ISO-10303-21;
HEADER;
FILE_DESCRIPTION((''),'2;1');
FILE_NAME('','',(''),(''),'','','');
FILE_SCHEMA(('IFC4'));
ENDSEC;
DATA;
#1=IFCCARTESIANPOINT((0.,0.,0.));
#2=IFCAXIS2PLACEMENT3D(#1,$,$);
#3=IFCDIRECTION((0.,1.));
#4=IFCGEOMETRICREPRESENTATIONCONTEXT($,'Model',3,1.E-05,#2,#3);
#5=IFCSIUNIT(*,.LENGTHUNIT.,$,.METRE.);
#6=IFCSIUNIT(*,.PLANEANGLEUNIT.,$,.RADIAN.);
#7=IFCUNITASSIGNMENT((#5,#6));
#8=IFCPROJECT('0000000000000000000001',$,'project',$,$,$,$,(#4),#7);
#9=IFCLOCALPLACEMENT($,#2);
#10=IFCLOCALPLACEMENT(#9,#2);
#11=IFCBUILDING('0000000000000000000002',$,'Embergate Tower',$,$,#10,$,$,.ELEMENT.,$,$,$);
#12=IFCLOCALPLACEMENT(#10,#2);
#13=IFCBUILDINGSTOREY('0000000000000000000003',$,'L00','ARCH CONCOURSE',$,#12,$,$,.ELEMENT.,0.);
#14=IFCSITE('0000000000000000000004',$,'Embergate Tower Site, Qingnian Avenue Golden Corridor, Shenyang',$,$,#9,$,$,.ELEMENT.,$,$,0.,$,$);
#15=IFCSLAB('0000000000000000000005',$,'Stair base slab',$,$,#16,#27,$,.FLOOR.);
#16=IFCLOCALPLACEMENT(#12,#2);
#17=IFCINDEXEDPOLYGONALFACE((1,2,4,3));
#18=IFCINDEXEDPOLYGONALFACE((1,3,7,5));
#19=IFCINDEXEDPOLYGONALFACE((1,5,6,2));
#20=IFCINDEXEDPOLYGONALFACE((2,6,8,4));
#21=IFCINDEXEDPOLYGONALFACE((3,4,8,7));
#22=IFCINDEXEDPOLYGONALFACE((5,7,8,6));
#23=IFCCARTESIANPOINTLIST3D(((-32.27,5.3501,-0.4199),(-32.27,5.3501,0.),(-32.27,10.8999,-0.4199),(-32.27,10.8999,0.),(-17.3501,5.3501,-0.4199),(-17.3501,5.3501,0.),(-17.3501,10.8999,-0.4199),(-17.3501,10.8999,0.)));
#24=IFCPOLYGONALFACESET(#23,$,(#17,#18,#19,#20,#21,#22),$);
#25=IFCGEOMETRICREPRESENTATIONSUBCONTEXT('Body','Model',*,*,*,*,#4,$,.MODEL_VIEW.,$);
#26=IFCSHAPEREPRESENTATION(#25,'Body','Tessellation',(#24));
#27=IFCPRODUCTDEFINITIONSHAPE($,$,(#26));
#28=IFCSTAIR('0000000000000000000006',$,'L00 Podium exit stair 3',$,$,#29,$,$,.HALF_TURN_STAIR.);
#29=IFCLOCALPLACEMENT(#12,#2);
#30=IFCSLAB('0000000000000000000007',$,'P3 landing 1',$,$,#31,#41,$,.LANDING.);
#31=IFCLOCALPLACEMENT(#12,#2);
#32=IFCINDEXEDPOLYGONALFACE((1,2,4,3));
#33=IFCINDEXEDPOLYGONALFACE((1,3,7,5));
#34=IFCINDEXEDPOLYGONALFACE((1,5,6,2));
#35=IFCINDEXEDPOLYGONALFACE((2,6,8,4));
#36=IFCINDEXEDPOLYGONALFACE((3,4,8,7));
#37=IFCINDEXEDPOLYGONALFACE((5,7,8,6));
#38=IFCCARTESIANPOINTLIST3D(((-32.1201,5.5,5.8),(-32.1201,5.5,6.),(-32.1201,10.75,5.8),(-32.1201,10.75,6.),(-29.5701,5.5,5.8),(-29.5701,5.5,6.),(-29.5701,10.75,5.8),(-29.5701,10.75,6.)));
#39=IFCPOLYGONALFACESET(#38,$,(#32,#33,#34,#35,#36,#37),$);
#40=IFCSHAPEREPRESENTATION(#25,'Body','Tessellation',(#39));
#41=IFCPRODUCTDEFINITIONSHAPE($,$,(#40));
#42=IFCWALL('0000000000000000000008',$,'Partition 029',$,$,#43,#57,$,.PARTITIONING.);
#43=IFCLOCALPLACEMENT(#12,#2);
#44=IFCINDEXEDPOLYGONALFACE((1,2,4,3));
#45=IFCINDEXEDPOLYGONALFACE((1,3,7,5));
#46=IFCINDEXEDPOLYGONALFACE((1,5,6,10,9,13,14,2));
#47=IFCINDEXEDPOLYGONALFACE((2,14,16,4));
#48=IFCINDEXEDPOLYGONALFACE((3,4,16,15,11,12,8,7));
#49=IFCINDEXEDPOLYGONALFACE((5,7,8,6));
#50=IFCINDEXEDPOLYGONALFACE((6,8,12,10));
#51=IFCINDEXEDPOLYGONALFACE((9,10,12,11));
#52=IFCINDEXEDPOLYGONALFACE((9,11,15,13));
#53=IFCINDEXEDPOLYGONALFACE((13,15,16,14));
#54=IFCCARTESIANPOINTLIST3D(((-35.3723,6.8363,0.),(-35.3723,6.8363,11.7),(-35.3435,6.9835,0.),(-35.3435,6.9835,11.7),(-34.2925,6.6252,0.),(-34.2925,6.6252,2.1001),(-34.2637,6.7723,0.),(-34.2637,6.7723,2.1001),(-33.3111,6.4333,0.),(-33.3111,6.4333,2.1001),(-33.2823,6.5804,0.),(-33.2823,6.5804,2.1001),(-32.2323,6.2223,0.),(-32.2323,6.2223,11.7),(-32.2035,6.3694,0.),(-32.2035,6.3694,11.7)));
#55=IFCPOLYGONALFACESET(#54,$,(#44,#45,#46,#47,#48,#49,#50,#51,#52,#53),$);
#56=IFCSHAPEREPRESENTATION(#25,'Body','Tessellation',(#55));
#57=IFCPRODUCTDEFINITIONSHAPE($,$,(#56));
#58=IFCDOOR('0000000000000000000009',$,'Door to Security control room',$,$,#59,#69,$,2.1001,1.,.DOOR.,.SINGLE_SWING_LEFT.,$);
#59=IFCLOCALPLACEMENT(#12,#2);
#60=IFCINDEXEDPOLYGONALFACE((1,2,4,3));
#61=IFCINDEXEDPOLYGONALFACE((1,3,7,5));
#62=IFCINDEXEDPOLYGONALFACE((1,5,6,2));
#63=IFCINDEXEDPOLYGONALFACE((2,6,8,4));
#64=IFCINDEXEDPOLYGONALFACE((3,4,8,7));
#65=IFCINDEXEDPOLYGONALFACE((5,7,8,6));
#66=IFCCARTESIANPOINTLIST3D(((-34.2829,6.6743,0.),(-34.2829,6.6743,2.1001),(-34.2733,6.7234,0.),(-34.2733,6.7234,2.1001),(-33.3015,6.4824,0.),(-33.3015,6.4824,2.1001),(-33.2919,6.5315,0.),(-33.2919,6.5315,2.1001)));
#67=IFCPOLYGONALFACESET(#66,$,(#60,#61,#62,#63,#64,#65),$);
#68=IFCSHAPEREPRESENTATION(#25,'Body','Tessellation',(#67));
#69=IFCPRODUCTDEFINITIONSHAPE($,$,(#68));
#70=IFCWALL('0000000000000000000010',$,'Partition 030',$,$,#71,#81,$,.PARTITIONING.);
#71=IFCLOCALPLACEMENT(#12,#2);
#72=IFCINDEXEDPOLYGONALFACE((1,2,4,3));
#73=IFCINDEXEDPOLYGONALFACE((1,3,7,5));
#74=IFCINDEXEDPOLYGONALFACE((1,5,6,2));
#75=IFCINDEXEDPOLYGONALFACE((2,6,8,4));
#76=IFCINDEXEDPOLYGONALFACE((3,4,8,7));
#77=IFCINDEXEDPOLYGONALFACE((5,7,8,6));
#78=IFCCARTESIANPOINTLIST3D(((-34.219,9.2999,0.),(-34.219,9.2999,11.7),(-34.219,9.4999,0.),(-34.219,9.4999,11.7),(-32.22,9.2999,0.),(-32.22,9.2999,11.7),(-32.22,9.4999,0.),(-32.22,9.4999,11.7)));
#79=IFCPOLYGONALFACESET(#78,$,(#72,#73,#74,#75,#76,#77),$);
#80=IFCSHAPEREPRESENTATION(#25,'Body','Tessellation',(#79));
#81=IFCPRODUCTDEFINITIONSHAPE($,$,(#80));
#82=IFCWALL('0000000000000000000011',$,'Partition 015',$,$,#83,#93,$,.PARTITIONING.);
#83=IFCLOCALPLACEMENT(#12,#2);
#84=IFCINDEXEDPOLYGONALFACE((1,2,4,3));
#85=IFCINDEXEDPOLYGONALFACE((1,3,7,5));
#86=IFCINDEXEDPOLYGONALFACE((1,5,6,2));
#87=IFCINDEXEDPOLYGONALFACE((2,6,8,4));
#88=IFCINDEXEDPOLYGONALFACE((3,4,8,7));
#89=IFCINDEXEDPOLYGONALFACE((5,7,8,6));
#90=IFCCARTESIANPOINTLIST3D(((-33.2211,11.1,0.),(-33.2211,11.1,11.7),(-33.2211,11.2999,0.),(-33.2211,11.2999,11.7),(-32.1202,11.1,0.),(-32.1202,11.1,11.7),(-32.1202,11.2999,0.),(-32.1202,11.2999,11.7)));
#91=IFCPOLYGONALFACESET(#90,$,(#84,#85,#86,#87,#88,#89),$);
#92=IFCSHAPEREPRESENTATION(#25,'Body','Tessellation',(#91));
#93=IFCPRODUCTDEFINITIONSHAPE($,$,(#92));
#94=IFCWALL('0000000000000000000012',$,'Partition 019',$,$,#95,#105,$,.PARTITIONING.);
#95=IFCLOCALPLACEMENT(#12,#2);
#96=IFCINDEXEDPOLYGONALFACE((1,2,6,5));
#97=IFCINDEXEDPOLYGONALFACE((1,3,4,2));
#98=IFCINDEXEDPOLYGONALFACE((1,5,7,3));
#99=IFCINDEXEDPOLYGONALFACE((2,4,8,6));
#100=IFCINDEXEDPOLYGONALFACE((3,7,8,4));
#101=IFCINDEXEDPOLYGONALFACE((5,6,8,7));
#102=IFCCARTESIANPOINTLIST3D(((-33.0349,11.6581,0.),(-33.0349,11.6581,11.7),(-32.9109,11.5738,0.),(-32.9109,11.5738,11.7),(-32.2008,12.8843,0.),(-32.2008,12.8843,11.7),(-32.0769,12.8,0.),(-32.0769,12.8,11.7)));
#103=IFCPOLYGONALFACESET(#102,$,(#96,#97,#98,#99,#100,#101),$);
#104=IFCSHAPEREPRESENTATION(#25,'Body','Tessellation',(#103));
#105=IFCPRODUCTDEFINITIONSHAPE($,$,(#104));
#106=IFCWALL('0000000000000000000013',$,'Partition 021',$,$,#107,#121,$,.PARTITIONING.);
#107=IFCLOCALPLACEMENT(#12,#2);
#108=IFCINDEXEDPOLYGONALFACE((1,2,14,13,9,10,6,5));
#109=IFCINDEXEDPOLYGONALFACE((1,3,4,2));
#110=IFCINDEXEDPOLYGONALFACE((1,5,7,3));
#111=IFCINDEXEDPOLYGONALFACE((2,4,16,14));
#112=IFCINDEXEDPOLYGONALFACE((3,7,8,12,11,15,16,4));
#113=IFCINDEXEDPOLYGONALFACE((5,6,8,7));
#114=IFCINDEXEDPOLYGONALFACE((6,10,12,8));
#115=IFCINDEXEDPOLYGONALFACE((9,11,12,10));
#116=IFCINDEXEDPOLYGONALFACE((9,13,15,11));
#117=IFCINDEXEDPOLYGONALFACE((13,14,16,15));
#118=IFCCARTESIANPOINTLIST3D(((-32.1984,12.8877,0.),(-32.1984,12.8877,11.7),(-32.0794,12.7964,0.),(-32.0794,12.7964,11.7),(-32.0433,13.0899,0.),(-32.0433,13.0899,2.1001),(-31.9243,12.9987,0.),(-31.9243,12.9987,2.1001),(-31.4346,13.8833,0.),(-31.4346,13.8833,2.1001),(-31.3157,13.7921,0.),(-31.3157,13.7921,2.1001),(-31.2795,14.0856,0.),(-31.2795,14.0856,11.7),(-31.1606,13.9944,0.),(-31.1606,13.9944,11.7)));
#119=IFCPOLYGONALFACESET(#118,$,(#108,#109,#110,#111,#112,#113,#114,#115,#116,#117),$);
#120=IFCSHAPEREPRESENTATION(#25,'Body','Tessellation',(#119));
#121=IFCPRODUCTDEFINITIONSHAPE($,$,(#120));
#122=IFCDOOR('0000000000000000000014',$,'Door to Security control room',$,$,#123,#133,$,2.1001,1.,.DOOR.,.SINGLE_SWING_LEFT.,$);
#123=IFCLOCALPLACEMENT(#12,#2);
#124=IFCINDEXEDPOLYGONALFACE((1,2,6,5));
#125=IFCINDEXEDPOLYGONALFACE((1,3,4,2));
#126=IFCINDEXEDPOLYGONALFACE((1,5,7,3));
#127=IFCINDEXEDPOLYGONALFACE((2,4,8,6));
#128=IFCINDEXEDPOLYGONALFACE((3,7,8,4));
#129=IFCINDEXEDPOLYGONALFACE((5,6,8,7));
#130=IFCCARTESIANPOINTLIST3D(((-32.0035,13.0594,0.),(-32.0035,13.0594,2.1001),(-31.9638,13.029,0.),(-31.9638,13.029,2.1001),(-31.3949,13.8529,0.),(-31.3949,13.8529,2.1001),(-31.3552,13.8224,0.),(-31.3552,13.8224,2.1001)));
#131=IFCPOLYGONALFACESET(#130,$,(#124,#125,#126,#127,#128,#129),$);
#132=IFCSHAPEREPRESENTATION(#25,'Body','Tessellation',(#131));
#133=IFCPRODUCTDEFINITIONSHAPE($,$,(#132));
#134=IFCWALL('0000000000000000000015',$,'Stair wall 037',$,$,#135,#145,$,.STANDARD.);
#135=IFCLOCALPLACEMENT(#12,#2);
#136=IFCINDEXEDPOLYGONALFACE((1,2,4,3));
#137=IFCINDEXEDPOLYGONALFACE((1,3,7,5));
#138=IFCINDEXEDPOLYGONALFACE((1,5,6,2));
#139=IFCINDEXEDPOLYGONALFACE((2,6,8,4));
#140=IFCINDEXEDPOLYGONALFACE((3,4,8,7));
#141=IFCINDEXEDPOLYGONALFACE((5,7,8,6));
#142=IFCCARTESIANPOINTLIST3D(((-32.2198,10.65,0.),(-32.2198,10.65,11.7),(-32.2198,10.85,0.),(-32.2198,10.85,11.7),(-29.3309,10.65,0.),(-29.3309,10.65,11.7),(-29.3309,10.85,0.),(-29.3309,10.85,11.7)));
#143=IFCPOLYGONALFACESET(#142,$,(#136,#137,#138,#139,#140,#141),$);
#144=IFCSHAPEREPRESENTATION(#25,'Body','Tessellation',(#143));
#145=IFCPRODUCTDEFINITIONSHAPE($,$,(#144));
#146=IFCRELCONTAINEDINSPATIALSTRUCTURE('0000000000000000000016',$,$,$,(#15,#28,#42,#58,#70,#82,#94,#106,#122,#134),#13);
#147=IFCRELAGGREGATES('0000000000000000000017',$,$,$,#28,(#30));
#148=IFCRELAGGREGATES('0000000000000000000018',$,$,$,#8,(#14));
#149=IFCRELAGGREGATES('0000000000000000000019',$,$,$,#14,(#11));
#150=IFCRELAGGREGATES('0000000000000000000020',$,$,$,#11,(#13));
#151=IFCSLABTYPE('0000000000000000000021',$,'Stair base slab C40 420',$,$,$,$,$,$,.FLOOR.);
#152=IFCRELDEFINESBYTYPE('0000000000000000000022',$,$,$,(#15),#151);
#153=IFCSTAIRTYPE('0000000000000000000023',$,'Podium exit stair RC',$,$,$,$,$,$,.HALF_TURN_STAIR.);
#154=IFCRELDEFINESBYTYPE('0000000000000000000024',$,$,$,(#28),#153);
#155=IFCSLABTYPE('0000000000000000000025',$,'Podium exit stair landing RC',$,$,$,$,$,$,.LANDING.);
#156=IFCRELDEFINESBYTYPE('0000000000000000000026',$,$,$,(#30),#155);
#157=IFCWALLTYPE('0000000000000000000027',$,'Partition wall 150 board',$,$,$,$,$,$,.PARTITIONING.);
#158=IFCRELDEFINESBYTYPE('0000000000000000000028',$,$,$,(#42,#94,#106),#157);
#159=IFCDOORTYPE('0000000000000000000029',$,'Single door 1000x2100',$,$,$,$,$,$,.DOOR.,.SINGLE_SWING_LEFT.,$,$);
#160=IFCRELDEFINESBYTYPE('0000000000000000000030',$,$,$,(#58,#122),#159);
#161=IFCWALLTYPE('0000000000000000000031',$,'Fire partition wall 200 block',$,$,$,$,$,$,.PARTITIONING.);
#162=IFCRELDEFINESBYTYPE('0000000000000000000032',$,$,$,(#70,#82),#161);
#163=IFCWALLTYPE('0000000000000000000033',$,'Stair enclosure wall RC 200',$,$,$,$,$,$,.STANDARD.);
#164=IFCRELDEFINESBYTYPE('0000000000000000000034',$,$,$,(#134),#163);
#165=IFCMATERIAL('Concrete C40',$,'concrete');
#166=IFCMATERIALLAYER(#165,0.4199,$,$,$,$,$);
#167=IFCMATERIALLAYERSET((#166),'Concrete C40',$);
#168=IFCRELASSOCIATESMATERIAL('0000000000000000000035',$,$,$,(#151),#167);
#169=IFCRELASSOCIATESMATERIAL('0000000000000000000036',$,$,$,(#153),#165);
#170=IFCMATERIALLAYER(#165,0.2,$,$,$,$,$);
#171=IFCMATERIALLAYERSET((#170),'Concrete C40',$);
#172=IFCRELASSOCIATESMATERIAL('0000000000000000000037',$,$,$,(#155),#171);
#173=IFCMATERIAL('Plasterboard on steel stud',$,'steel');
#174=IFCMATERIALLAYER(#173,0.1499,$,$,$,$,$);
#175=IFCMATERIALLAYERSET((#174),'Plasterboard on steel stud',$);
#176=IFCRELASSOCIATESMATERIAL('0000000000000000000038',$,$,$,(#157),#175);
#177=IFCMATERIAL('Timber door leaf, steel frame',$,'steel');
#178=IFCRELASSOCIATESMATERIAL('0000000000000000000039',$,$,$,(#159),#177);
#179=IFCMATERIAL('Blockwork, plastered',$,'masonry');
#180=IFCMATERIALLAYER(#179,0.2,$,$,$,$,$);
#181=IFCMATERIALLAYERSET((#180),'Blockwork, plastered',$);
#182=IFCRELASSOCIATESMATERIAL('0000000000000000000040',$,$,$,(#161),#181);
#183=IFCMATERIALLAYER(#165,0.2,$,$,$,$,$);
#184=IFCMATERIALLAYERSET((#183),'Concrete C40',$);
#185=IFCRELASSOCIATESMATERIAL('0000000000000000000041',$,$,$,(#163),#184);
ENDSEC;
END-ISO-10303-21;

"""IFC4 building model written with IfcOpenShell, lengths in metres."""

from ifc_helpers import new_model, si_unit, direction, frame, frame_2d, origin, place, context, subcontext, project, spatial, polyline, rectangle, outline, extrude, source, transform, mapped, material, layer, layer_set, type_object, element, fill, aggregate, save


model = new_model("IFC4")

# Units and contexts
model_context = context("Model", 3, precision=1e-05, world=origin(), true_north=direction((0.0, 1.0)))
body_context = subcontext(model_context, "Body", "Model", "MODEL_VIEW")
ifc_project = project(units=[si_unit("LENGTHUNIT", "METRE"), si_unit("PLANEANGLEUNIT", "RADIAN")], contexts=[model_context])

# Site, building, storey
site_placement = place(None, origin())
site = spatial("IfcSite", under=ifc_project, at=site_placement, Name="Embergate Tower Site, Qingnian Avenue Golden Corridor, Shenyang", CompositionType="ELEMENT", RefElevation=0.0)
building_placement = place(site_placement, origin())
building = spatial("IfcBuilding", under=site, at=building_placement, Name="Embergate Tower", CompositionType="ELEMENT")
storey_placement = place(building_placement, origin())
storey = spatial("IfcBuildingStorey", under=building, at=storey_placement, Name="L00", Description="ARCH CONCOURSE", CompositionType="ELEMENT", Elevation=0.0)

# Slab
ifc_material_1 = material(Name="Concrete C40", Category="concrete")
ifc_layer_1 = layer(ifc_material_1, 0.4199)
ifc_layer_set_1 = layer_set([ifc_layer_1], Name="Concrete C40")
slab_type_1 = type_object("IfcSlabType", Name="Stair base slab C40 420", PredefinedType="FLOOR", material=ifc_layer_set_1)
shared_shape_1 = source(origin(), body_context, "Body", "SweptSolid", [
    extrude(outline(polyline([(0.0, 0.0), (0.0, 5.5498), (14.9199, 5.5498), (14.9199, 0.0), (0.0, 0.0)])), origin(), (0.0, 0.0, 1.0), 0.4199),
])
slab_1_placement = place(storey_placement, frame((-32.27, 5.3501, -0.4199)))
element("IfcSlab", 1, at=slab_1_placement, inside=storey, type_object=slab_type_1, Name="Stair base slab", PredefinedType="FLOOR", context=body_context, shape_type="MappedRepresentation", body=[
    mapped(shared_shape_1, transform((0.0, 0.0, 0.0))),
])

# Stair, slab
stair_type = type_object("IfcStairType", Name="Podium exit stair RC", PredefinedType="HALF_TURN_STAIR", material=ifc_material_1)
stair_placement = place(storey_placement, origin())
stair = element("IfcStair", 2, at=stair_placement, inside=storey, type_object=stair_type, Name="L00 Podium exit stair 3", PredefinedType="HALF_TURN_STAIR")
ifc_layer_2 = layer(ifc_material_1, 0.2)
ifc_layer_set_2 = layer_set([ifc_layer_2], Name="Concrete C40")
slab_type_2 = type_object("IfcSlabType", Name="Podium exit stair landing RC", PredefinedType="LANDING", material=ifc_layer_set_2)
shared_shape_2 = source(origin(), body_context, "Body", "SweptSolid", [
    extrude(outline(polyline([(0.0, 0.0), (2.55, 0.0), (2.55, 5.25), (0.0, 5.25), (0.0, 0.0)])), origin(), (0.0, 0.0, 1.0), 0.2),
])
slab_2_placement = place(storey_placement, frame((-32.1201, 5.5, 5.8)))
slab_2 = element("IfcSlab", 3, at=slab_2_placement, type_object=slab_type_2, Name="P3 landing 1", PredefinedType="LANDING", context=body_context, shape_type="MappedRepresentation", body=[
    mapped(shared_shape_2, transform((0.0, 0.0, 0.0))),
])

# Wall, opening, door
ifc_material_2 = material(Name="Plasterboard on steel stud", Category="steel")
ifc_layer_3 = layer(ifc_material_2, 0.1499)
ifc_layer_set_3 = layer_set([ifc_layer_3], Name="Plasterboard on steel stud")
wall_type_1 = type_object("IfcWallType", Name="Partition wall 150 board", PredefinedType="PARTITIONING", material=ifc_layer_set_3)
shared_shape_3 = source(origin(), body_context, "Body", "SweptSolid", [
    extrude(rectangle(XDim=3.1995, YDim=0.1499, at=frame_2d((1.5996, 0.0))), origin(), (0.0, 0.0, 1.0), 11.7),
])
wall_1_placement = place(storey_placement, frame((-32.218, 6.2959, 0.0), z_axis=(0.0, 0.0, 1.0), x_axis=(-0.981411, 0.191917, 0.0)))
wall_1 = element("IfcWall", 4, at=wall_1_placement, inside=storey, type_object=wall_type_1, Name="Partition 029", PredefinedType="PARTITIONING", context=body_context, shape_type="MappedRepresentation", body=[
    mapped(shared_shape_3, transform((0.0, 0.0, 0.0))),
])
shared_shape_4 = source(origin(), body_context, "Body", "SweptSolid", [
    extrude(rectangle(XDim=1.0, YDim=2.1001, at=frame_2d((0.5, 1.05))), frame((0.0, 0.085, 0.0), z_axis=(0.0, -1.0, 0.0), x_axis=(1.0, 0.0, 0.0)), (0.0, 0.0, 1.0), 0.1699),
])
opening_1_placement = place(wall_1_placement, frame((1.0991, 0.0, 0.0)))
opening_1 = element("IfcOpeningElement", 5, at=opening_1_placement, cuts=wall_1, PredefinedType="OPENING", context=body_context, shape_type="MappedRepresentation", body=[
    mapped(shared_shape_4, transform((0.0, 0.0, 0.0))),
])
ifc_material_3 = material(Name="Timber door leaf, steel frame", Category="steel")
door_type_1 = type_object("IfcDoorType", Name="Single door 1000x2100", OperationType="SINGLE_SWING_LEFT", PredefinedType="DOOR", material=ifc_material_3)
shared_shape_5 = source(origin(), body_context, "Body", "SweptSolid", [
    extrude(rectangle(XDim=1.0, YDim=2.1001, at=frame_2d((0.5, 1.05))), frame((0.0, 0.0249, 0.0), z_axis=(0.0, -1.0, 0.0), x_axis=(1.0, 0.0, 0.0)), (0.0, 0.0, 1.0), 0.05),
])
door_1_placement = place(opening_1_placement, origin())
door_1 = element("IfcDoor", 6, at=door_1_placement, inside=storey, type_object=door_type_1, Name="Door to Security control room", OperationType="SINGLE_SWING_LEFT", OverallHeight=2.1001, OverallWidth=1.0, PredefinedType="DOOR", context=body_context, shape_type="MappedRepresentation", body=[
    mapped(shared_shape_5, transform((0.0, 0.0, 0.0))),
])
fill(opening_1, door_1)

# Walls
ifc_material_4 = material(Name="Blockwork, plastered", Category="masonry")
ifc_layer_4 = layer(ifc_material_4, 0.2)
ifc_layer_set_4 = layer_set([ifc_layer_4], Name="Blockwork, plastered")
wall_type_2 = type_object("IfcWallType", Name="Fire partition wall 200 block", PredefinedType="PARTITIONING", material=ifc_layer_set_4)
shared_shape_6 = source(origin(), body_context, "Body", "SweptSolid", [
    extrude(rectangle(XDim=1.999, YDim=0.2, at=frame_2d((0.9995, 0.0))), origin(), (0.0, 0.0, 1.0), 11.7),
])
wall_2_placement = place(storey_placement, frame((-32.22, 9.3999, 0.0), z_axis=(0.0, 0.0, 1.0), x_axis=(-1.0, 0.0, 0.0)))
element("IfcWall", 7, at=wall_2_placement, inside=storey, type_object=wall_type_2, Name="Partition 030", PredefinedType="PARTITIONING", context=body_context, shape_type="MappedRepresentation", body=[
    mapped(shared_shape_6, transform((0.0, 0.0, 0.0))),
])
shared_shape_7 = source(origin(), body_context, "Body", "SweptSolid", [
    extrude(rectangle(XDim=1.1008, YDim=0.2, at=frame_2d((0.5503, 0.0))), origin(), (0.0, 0.0, 1.0), 11.7),
])
wall_3_placement = place(storey_placement, frame((-33.2209, 11.2, 0.0), z_axis=(0.0, 0.0, 1.0), x_axis=(1.0, 0.0, 0.0)))
element("IfcWall", 8, at=wall_3_placement, inside=storey, type_object=wall_type_2, Name="Partition 015", PredefinedType="PARTITIONING", context=body_context, shape_type="MappedRepresentation", body=[
    mapped(shared_shape_7, transform((0.0, 0.0, 0.0))),
])
shared_shape_8 = source(origin(), body_context, "Body", "SweptSolid", [
    extrude(rectangle(XDim=1.4829, YDim=0.1499, at=frame_2d((0.7415, 0.0))), origin(), (0.0, 0.0, 1.0), 11.7),
])
wall_4_placement = place(storey_placement, frame((-32.9729, 11.616, 0.0), z_axis=(0.0, 0.0, 1.0), x_axis=(0.562427, 0.826847, 0.0)))
element("IfcWall", 9, at=wall_4_placement, inside=storey, type_object=wall_type_1, Name="Partition 019", PredefinedType="PARTITIONING", context=body_context, shape_type="MappedRepresentation", body=[
    mapped(shared_shape_8, transform((0.0, 0.0, 0.0))),
])

# Wall, opening, door
shared_shape_9 = source(origin(), body_context, "Body", "SweptSolid", [
    extrude(rectangle(XDim=1.5098, YDim=0.1499, at=frame_2d((0.7549, 0.0))), origin(), (0.0, 0.0, 1.0), 11.7),
])
wall_5_placement = place(storey_placement, frame((-32.1389, 12.842, 0.0), z_axis=(0.0, 0.0, 1.0), x_axis=(0.608632, 0.793453, 0.0)))
wall_5 = element("IfcWall", 10, at=wall_5_placement, inside=storey, type_object=wall_type_1, Name="Partition 021", PredefinedType="PARTITIONING", context=body_context, shape_type="MappedRepresentation", body=[
    mapped(shared_shape_9, transform((0.0, 0.0, 0.0))),
])
opening_2_placement = place(wall_5_placement, frame((0.2549, 0.0, 0.0)))
opening_2 = element("IfcOpeningElement", 11, at=opening_2_placement, cuts=wall_5, PredefinedType="OPENING", context=body_context, shape_type="MappedRepresentation", body=[
    mapped(shared_shape_4, transform((0.0, 0.0, 0.0))),
])
door_2_placement = place(opening_2_placement, origin())
door_2 = element("IfcDoor", 12, at=door_2_placement, inside=storey, type_object=door_type_1, Name="Door to Security control room", OperationType="SINGLE_SWING_LEFT", OverallHeight=2.1001, OverallWidth=1.0, PredefinedType="DOOR", context=body_context, shape_type="MappedRepresentation", body=[
    mapped(shared_shape_5, transform((0.0, 0.0, 0.0))),
])
fill(opening_2, door_2)

# Wall
ifc_layer_5 = layer(ifc_material_1, 0.2)
ifc_layer_set_5 = layer_set([ifc_layer_5], Name="Concrete C40")
wall_type_3 = type_object("IfcWallType", Name="Stair enclosure wall RC 200", PredefinedType="STANDARD", material=ifc_layer_set_5)
shared_shape_10 = source(origin(), body_context, "Body", "SweptSolid", [
    extrude(rectangle(XDim=2.8889, YDim=0.2, at=frame_2d((1.4443, 0.0))), origin(), (0.0, 0.0, 1.0), 11.7),
])
wall_6_placement = place(storey_placement, frame((-29.3311, 10.75, 0.0), z_axis=(0.0, 0.0, 1.0), x_axis=(-1.0, 0.0, 0.0)))
element("IfcWall", 13, at=wall_6_placement, inside=storey, type_object=wall_type_3, Name="Stair wall 037", PredefinedType="STANDARD", context=body_context, shape_type="MappedRepresentation", body=[
    mapped(shared_shape_10, transform((0.0, 0.0, 0.0))),
])

aggregate(stair, [slab_2])

save(model, "model.ifc")
